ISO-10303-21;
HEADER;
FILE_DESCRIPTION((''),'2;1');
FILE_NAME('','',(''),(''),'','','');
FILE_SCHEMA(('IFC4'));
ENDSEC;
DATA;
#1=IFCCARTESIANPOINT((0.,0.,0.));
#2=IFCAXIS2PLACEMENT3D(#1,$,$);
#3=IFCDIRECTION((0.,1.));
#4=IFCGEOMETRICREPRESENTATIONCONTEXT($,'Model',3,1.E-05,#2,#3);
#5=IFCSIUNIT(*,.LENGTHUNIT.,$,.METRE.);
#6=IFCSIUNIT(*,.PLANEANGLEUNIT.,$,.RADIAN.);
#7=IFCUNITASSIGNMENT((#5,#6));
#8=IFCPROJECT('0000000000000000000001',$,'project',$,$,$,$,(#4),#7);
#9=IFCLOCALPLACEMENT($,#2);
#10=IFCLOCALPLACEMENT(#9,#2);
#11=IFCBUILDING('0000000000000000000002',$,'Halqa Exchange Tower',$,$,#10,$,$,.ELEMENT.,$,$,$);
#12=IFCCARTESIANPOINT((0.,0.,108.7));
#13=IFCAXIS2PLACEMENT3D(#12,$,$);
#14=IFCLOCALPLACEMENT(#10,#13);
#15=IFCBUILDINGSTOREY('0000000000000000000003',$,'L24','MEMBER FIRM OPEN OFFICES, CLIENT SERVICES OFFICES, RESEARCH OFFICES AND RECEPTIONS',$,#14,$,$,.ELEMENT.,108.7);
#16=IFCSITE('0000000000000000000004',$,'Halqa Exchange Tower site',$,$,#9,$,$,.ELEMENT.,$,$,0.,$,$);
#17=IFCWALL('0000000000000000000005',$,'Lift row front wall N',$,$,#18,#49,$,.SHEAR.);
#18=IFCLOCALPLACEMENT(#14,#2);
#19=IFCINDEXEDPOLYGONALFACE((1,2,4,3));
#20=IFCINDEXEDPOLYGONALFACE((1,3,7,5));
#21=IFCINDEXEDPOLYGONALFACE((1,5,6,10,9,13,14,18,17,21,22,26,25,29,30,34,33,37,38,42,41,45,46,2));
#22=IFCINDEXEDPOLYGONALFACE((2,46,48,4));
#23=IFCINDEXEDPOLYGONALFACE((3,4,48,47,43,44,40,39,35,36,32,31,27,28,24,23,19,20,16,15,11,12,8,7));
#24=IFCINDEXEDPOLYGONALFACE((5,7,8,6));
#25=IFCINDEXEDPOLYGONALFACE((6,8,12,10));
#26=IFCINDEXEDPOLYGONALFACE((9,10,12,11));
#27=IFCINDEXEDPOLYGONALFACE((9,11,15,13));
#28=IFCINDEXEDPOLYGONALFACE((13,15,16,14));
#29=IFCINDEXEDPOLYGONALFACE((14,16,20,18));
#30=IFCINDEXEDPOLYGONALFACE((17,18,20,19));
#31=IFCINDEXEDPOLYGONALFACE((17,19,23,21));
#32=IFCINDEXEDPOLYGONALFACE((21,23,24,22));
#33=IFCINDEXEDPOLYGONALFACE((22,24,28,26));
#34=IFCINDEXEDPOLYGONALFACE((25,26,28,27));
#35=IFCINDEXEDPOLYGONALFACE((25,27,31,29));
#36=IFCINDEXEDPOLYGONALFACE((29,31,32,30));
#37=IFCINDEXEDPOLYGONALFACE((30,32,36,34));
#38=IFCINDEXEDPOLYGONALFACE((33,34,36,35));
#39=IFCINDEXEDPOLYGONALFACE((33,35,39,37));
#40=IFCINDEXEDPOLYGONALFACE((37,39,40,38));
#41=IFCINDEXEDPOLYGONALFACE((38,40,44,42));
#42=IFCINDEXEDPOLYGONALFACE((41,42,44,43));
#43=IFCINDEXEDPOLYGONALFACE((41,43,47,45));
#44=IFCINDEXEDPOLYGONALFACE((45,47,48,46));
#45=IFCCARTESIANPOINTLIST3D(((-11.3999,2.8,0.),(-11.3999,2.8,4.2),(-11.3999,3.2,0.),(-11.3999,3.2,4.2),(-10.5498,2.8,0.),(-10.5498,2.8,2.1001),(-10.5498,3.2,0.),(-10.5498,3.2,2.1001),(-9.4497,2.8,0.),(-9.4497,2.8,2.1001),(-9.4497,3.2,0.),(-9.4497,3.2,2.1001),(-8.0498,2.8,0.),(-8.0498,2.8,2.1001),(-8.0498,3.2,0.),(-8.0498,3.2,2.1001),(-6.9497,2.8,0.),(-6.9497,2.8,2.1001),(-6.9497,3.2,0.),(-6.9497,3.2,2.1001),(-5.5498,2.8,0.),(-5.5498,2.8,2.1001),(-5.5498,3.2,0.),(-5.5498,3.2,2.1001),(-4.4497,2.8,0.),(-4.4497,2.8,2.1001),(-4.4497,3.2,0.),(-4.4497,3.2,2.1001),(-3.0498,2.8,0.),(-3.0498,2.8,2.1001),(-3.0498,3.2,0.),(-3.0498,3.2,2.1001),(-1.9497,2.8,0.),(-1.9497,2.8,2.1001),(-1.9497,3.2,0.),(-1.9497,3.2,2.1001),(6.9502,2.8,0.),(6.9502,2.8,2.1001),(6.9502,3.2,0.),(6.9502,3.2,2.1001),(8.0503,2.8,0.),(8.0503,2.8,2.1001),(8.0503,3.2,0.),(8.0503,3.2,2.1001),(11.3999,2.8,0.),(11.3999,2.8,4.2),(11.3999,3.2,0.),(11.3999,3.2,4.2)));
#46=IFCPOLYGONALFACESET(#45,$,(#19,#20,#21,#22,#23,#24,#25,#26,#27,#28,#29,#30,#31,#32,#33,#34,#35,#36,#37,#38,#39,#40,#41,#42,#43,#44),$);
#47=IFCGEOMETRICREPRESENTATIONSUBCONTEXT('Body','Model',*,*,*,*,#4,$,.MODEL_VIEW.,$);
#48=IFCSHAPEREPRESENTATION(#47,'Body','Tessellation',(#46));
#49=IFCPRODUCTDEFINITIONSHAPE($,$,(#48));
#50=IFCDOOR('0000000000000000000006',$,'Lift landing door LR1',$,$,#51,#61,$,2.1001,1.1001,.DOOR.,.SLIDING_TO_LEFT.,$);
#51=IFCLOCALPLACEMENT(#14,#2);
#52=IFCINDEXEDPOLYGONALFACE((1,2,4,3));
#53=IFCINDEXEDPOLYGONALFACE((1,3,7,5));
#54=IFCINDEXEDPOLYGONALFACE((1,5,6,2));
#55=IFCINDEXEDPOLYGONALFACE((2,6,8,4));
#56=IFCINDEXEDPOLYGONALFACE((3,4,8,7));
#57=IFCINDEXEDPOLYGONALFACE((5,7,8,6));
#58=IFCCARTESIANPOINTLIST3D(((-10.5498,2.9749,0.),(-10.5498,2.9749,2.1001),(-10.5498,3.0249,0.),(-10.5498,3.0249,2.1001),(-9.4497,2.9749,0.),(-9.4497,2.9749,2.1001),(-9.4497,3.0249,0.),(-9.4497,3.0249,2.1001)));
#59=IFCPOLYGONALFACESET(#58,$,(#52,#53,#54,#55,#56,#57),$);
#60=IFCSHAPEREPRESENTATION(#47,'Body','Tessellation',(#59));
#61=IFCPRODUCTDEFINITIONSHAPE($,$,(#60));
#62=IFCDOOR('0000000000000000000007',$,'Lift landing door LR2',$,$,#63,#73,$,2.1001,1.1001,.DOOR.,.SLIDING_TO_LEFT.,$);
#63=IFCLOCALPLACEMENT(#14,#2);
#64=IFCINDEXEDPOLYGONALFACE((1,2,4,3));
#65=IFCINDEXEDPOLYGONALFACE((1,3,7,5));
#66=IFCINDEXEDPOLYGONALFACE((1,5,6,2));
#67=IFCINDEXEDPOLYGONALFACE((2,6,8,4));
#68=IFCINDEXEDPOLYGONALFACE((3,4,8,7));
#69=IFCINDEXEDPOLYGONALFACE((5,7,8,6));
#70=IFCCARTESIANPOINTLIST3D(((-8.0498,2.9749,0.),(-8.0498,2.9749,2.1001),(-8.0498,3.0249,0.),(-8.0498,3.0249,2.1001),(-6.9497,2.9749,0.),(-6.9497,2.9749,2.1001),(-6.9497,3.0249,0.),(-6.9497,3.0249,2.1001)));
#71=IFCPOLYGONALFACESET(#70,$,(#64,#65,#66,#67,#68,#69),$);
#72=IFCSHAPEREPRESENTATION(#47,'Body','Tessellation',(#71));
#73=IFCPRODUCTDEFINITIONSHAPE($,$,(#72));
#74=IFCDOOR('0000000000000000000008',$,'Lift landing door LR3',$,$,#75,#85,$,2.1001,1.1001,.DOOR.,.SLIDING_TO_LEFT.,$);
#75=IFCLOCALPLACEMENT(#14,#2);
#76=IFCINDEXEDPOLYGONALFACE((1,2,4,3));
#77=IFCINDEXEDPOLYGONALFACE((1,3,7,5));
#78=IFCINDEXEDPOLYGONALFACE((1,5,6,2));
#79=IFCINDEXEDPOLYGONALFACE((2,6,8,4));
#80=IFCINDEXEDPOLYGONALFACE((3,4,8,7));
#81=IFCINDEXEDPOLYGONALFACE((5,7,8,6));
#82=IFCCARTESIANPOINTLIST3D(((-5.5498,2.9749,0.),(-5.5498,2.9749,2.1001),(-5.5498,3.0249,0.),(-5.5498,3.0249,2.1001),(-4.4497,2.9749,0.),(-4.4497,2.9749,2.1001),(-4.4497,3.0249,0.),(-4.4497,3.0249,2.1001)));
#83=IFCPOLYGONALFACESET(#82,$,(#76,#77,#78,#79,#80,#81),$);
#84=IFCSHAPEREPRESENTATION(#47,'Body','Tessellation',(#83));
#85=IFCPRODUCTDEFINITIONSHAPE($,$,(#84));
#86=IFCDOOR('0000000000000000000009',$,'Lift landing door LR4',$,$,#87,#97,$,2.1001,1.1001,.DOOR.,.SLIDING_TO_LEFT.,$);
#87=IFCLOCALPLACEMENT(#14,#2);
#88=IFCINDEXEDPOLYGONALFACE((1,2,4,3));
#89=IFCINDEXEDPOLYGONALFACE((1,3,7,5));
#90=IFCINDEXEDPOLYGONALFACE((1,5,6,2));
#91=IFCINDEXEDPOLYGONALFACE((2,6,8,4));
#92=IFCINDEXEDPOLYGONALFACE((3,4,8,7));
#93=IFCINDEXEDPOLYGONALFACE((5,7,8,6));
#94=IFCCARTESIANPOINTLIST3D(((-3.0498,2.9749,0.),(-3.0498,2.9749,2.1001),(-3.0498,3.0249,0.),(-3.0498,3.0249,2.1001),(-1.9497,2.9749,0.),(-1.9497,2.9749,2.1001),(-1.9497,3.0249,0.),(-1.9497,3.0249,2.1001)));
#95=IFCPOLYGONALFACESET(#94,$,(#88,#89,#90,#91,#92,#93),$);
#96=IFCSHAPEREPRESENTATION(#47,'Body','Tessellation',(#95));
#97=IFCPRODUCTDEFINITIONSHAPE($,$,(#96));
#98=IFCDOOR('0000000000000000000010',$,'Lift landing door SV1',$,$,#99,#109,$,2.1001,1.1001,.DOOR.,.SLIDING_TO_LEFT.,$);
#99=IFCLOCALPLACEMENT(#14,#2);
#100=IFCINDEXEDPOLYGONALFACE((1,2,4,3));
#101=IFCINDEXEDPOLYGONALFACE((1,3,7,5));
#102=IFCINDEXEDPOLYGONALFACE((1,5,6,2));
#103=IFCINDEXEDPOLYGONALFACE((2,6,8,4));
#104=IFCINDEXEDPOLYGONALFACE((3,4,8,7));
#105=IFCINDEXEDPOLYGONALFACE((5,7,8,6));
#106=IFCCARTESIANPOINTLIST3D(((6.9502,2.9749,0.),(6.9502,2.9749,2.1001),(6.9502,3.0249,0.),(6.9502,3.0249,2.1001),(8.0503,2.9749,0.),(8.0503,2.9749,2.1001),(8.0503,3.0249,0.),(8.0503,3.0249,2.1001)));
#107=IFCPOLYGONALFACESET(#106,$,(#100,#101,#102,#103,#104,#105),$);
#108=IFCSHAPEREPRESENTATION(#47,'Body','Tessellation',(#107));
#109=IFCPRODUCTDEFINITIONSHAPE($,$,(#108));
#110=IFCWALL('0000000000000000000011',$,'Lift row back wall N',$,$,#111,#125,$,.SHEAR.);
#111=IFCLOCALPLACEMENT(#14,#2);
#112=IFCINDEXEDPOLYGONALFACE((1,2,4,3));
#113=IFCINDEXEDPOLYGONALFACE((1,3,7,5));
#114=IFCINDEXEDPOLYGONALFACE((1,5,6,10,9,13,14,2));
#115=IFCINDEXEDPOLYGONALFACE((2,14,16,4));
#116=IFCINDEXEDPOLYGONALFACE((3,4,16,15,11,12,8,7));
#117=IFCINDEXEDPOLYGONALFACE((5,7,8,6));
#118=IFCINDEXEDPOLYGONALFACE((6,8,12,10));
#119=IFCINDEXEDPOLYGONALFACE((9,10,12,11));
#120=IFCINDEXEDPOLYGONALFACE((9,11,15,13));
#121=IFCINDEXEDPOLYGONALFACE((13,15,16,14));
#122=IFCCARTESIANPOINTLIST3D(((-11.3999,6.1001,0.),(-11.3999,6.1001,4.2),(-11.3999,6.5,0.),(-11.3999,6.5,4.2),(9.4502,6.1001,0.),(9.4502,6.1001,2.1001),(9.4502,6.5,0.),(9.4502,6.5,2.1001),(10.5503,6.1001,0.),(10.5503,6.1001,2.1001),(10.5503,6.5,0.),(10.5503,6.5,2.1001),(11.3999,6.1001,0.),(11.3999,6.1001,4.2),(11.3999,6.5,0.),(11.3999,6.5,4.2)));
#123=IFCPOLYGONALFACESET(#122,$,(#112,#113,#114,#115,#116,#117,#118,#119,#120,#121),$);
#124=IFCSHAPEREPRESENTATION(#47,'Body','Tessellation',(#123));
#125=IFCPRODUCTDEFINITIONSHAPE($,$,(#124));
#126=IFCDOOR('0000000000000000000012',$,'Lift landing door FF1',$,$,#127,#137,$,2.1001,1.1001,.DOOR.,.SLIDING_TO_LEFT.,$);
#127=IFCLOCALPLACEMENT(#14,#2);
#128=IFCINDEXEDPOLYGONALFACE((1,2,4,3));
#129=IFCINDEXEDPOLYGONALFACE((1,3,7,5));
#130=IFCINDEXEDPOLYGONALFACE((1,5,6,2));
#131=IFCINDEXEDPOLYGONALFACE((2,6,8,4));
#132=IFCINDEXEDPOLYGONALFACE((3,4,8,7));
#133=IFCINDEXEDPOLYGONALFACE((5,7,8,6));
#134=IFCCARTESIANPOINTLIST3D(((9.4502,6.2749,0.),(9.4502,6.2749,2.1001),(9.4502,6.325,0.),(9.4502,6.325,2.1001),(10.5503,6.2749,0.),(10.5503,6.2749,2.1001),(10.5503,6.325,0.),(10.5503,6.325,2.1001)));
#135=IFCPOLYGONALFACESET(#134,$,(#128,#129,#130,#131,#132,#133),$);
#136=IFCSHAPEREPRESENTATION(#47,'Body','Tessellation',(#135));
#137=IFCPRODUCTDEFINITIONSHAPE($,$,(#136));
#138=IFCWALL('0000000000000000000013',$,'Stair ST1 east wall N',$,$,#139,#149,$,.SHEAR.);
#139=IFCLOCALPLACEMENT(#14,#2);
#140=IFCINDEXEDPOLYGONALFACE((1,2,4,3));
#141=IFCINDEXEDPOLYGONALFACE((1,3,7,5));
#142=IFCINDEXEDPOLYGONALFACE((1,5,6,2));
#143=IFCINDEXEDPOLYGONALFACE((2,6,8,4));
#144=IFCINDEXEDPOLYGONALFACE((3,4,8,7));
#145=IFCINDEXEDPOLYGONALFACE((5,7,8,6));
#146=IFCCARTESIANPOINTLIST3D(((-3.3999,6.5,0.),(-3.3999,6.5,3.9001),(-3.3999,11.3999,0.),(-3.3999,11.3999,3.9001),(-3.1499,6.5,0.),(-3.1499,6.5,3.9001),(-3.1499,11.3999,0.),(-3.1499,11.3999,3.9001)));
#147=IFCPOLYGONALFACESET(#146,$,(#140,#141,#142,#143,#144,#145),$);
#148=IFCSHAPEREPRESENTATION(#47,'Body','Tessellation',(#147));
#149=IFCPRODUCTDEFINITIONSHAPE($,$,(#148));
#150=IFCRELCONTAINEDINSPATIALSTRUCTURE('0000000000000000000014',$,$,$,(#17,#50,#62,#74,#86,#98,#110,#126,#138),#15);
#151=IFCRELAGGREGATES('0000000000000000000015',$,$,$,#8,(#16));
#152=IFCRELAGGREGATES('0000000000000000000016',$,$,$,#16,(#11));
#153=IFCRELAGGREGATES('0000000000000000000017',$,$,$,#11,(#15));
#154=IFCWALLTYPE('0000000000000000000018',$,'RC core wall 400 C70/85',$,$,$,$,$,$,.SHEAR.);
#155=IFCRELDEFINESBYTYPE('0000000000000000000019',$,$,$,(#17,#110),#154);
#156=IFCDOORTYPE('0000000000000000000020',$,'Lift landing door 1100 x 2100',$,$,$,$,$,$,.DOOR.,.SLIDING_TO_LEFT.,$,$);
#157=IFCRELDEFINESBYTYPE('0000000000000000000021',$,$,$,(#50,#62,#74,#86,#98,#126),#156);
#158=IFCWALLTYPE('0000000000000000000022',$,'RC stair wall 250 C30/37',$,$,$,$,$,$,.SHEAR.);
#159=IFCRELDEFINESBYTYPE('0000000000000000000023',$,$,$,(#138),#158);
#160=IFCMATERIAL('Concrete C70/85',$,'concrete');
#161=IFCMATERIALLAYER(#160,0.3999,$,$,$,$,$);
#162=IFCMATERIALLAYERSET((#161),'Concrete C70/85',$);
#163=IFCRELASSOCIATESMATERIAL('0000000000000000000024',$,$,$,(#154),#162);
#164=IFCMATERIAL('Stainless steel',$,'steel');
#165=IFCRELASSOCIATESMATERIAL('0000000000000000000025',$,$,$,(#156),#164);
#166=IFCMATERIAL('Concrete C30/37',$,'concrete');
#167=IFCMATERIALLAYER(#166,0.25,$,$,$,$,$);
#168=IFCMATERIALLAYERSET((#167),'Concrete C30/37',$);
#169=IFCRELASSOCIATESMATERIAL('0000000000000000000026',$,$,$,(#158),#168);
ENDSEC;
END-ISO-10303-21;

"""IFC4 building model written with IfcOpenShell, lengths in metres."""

from ifc_helpers import new_model, si_unit, direction, frame, frame_2d, origin, place, context, subcontext, project, spatial, rectangle, extrude, material, layer, layer_set, type_object, element, fill, save


model = new_model("IFC4")

# Units and contexts
model_context = context("Model", 3, precision=1e-05, world=origin(), true_north=direction((0.0, 1.0)))
body_context = subcontext(model_context, "Body", "Model", "MODEL_VIEW")
ifc_project = project(units=[si_unit("LENGTHUNIT", "METRE"), si_unit("PLANEANGLEUNIT", "RADIAN")], contexts=[model_context])

# Site, building, storey
site_placement = place(None, origin())
site = spatial("IfcSite", under=ifc_project, at=site_placement, Name="Halqa Exchange Tower site", CompositionType="ELEMENT", RefElevation=0.0)
building_placement = place(site_placement, origin())
building = spatial("IfcBuilding", under=site, at=building_placement, Name="Halqa Exchange Tower", CompositionType="ELEMENT")
storey_placement = place(building_placement, frame((0.0, 0.0, 108.7)))
storey = spatial("IfcBuildingStorey", under=building, at=storey_placement, Name="L24", Description="MEMBER FIRM OPEN OFFICES, CLIENT SERVICES OFFICES, RESEARCH OFFICES AND RECEPTIONS", CompositionType="ELEMENT", Elevation=108.7)

# Wall, openings, doors
ifc_material_1 = material(Name="Concrete C70/85", Category="concrete")
ifc_layer_1 = layer(ifc_material_1, 0.3999)
ifc_layer_set_1 = layer_set([ifc_layer_1], Name="Concrete C70/85")
wall_type_1 = type_object("IfcWallType", Name="RC core wall 400 C70/85", PredefinedType="SHEAR", material=ifc_layer_set_1)
wall_1_placement = place(storey_placement, frame((-11.3999, 3.0, 0.0), z_axis=(0.0, 0.0, 1.0), x_axis=(1.0, 0.0, 0.0)))
wall_1 = element("IfcWall", 1, at=wall_1_placement, inside=storey, type_object=wall_type_1, Name="Lift row front wall N", PredefinedType="SHEAR", context=body_context, shape_type="SweptSolid", body=[
    extrude(rectangle(XDim=22.7998, YDim=0.3999, at=frame_2d((11.3999, 0.0))), origin(), (0.0, 0.0, 1.0), 4.2),
])
opening_1_placement = place(wall_1_placement, frame((0.8501, 0.0, 0.0)))
opening_1 = element("IfcOpeningElement", 2, at=opening_1_placement, cuts=wall_1, PredefinedType="OPENING", context=body_context, shape_type="SweptSolid", body=[
    extrude(rectangle(XDim=1.1001, YDim=2.1001, at=frame_2d((0.55, 1.05))), frame((0.0, 0.2119, 0.0), z_axis=(0.0, -1.0, 0.0), x_axis=(1.0, 0.0, 0.0)), (0.0, 0.0, 1.0), 0.4238),
])
opening_2_placement = place(wall_1_placement, frame((3.3501, 0.0, 0.0)))
opening_2 = element("IfcOpeningElement", 3, at=opening_2_placement, cuts=wall_1, PredefinedType="OPENING", context=body_context, shape_type="SweptSolid", body=[
    extrude(rectangle(XDim=1.1001, YDim=2.1001, at=frame_2d((0.55, 1.05))), frame((0.0, 0.2119, 0.0), z_axis=(0.0, -1.0, 0.0), x_axis=(1.0, 0.0, 0.0)), (0.0, 0.0, 1.0), 0.4238),
])
opening_3_placement = place(wall_1_placement, frame((5.8501, 0.0, 0.0)))
opening_3 = element("IfcOpeningElement", 4, at=opening_3_placement, cuts=wall_1, PredefinedType="OPENING", context=body_context, shape_type="SweptSolid", body=[
    extrude(rectangle(XDim=1.1001, YDim=2.1001, at=frame_2d((0.55, 1.05))), frame((0.0, 0.2119, 0.0), z_axis=(0.0, -1.0, 0.0), x_axis=(1.0, 0.0, 0.0)), (0.0, 0.0, 1.0), 0.4238),
])
opening_4_placement = place(wall_1_placement, frame((8.3501, 0.0, 0.0)))
opening_4 = element("IfcOpeningElement", 5, at=opening_4_placement, cuts=wall_1, PredefinedType="OPENING", context=body_context, shape_type="SweptSolid", body=[
    extrude(rectangle(XDim=1.1001, YDim=2.1001, at=frame_2d((0.55, 1.05))), frame((0.0, 0.2119, 0.0), z_axis=(0.0, -1.0, 0.0), x_axis=(1.0, 0.0, 0.0)), (0.0, 0.0, 1.0), 0.4238),
])
opening_5_placement = place(wall_1_placement, frame((18.3501, 0.0, 0.0)))
opening_5 = element("IfcOpeningElement", 6, at=opening_5_placement, cuts=wall_1, PredefinedType="OPENING", context=body_context, shape_type="SweptSolid", body=[
    extrude(rectangle(XDim=1.1001, YDim=2.1001, at=frame_2d((0.55, 1.05))), frame((0.0, 0.2119, 0.0), z_axis=(0.0, -1.0, 0.0), x_axis=(1.0, 0.0, 0.0)), (0.0, 0.0, 1.0), 0.4238),
])
ifc_material_2 = material(Name="Stainless steel", Category="steel")
door_type = type_object("IfcDoorType", Name="Lift landing door 1100 x 2100", OperationType="SLIDING_TO_LEFT", PredefinedType="DOOR", material=ifc_material_2)
door_1_placement = place(opening_1_placement, origin())
door_1 = element("IfcDoor", 7, at=door_1_placement, inside=storey, type_object=door_type, Name="Lift landing door LR1", OperationType="SLIDING_TO_LEFT", OverallHeight=2.1001, OverallWidth=1.1001, PredefinedType="DOOR", context=body_context, shape_type="SweptSolid", body=[
    extrude(rectangle(XDim=1.1001, YDim=2.1001, at=frame_2d((0.55, 1.05))), frame((0.0, 0.0249, 0.0), z_axis=(0.0, -1.0, 0.0), x_axis=(1.0, 0.0, 0.0)), (0.0, 0.0, 1.0), 0.05),
])
fill(opening_1, door_1)
door_2_placement = place(opening_2_placement, origin())
door_2 = element("IfcDoor", 8, at=door_2_placement, inside=storey, type_object=door_type, Name="Lift landing door LR2", OperationType="SLIDING_TO_LEFT", OverallHeight=2.1001, OverallWidth=1.1001, PredefinedType="DOOR", context=body_context, shape_type="SweptSolid", body=[
    extrude(rectangle(XDim=1.1001, YDim=2.1001, at=frame_2d((0.55, 1.05))), frame((0.0, 0.0249, 0.0), z_axis=(0.0, -1.0, 0.0), x_axis=(1.0, 0.0, 0.0)), (0.0, 0.0, 1.0), 0.05),
])
fill(opening_2, door_2)
door_3_placement = place(opening_3_placement, origin())
door_3 = element("IfcDoor", 9, at=door_3_placement, inside=storey, type_object=door_type, Name="Lift landing door LR3", OperationType="SLIDING_TO_LEFT", OverallHeight=2.1001, OverallWidth=1.1001, PredefinedType="DOOR", context=body_context, shape_type="SweptSolid", body=[
    extrude(rectangle(XDim=1.1001, YDim=2.1001, at=frame_2d((0.55, 1.05))), frame((0.0, 0.0249, 0.0), z_axis=(0.0, -1.0, 0.0), x_axis=(1.0, 0.0, 0.0)), (0.0, 0.0, 1.0), 0.05),
])
fill(opening_3, door_3)
door_4_placement = place(opening_4_placement, origin())
door_4 = element("IfcDoor", 10, at=door_4_placement, inside=storey, type_object=door_type, Name="Lift landing door LR4", OperationType="SLIDING_TO_LEFT", OverallHeight=2.1001, OverallWidth=1.1001, PredefinedType="DOOR", context=body_context, shape_type="SweptSolid", body=[
    extrude(rectangle(XDim=1.1001, YDim=2.1001, at=frame_2d((0.55, 1.05))), frame((0.0, 0.0249, 0.0), z_axis=(0.0, -1.0, 0.0), x_axis=(1.0, 0.0, 0.0)), (0.0, 0.0, 1.0), 0.05),
])
fill(opening_4, door_4)
door_5_placement = place(opening_5_placement, origin())
door_5 = element("IfcDoor", 11, at=door_5_placement, inside=storey, type_object=door_type, Name="Lift landing door SV1", OperationType="SLIDING_TO_LEFT", OverallHeight=2.1001, OverallWidth=1.1001, PredefinedType="DOOR", context=body_context, shape_type="SweptSolid", body=[
    extrude(rectangle(XDim=1.1001, YDim=2.1001, at=frame_2d((0.55, 1.05))), frame((0.0, 0.0249, 0.0), z_axis=(0.0, -1.0, 0.0), x_axis=(1.0, 0.0, 0.0)), (0.0, 0.0, 1.0), 0.05),
])
fill(opening_5, door_5)

# Wall, opening, door
wall_2_placement = place(storey_placement, frame((-11.3999, 6.3, 0.0), z_axis=(0.0, 0.0, 1.0), x_axis=(1.0, 0.0, 0.0)))
wall_2 = element("IfcWall", 12, at=wall_2_placement, inside=storey, type_object=wall_type_1, Name="Lift row back wall N", PredefinedType="SHEAR", context=body_context, shape_type="SweptSolid", body=[
    extrude(rectangle(XDim=22.7998, YDim=0.3999, at=frame_2d((11.3999, 0.0))), origin(), (0.0, 0.0, 1.0), 4.2),
])
opening_6_placement = place(wall_2_placement, frame((20.8501, 0.0, 0.0)))
opening_6 = element("IfcOpeningElement", 13, at=opening_6_placement, cuts=wall_2, PredefinedType="OPENING", context=body_context, shape_type="SweptSolid", body=[
    extrude(rectangle(XDim=1.1001, YDim=2.1001, at=frame_2d((0.55, 1.05))), frame((0.0, 0.2119, 0.0), z_axis=(0.0, -1.0, 0.0), x_axis=(1.0, 0.0, 0.0)), (0.0, 0.0, 1.0), 0.4238),
])
door_6_placement = place(opening_6_placement, origin())
door_6 = element("IfcDoor", 14, at=door_6_placement, inside=storey, type_object=door_type, Name="Lift landing door FF1", OperationType="SLIDING_TO_LEFT", OverallHeight=2.1001, OverallWidth=1.1001, PredefinedType="DOOR", context=body_context, shape_type="SweptSolid", body=[
    extrude(rectangle(XDim=1.1001, YDim=2.1001, at=frame_2d((0.55, 1.05))), frame((0.0, 0.0249, 0.0), z_axis=(0.0, -1.0, 0.0), x_axis=(1.0, 0.0, 0.0)), (0.0, 0.0, 1.0), 0.05),
])
fill(opening_6, door_6)

# Wall
ifc_material_3 = material(Name="Concrete C30/37", Category="concrete")
ifc_layer_2 = layer(ifc_material_3, 0.25)
ifc_layer_set_2 = layer_set([ifc_layer_2], Name="Concrete C30/37")
wall_type_2 = type_object("IfcWallType", Name="RC stair wall 250 C30/37", PredefinedType="SHEAR", material=ifc_layer_set_2)
wall_3_placement = place(storey_placement, frame((-3.2749, 6.5, 0.0), z_axis=(0.0, 0.0, 1.0), x_axis=(0.0, 1.0, 0.0)))
element("IfcWall", 15, at=wall_3_placement, inside=storey, type_object=wall_type_2, Name="Stair ST1 east wall N", PredefinedType="SHEAR", context=body_context, shape_type="SweptSolid", body=[
    extrude(rectangle(XDim=4.8999, YDim=0.25, at=frame_2d((2.45, 0.0))), origin(), (0.0, 0.0, 1.0), 3.9001),
])

save(model, "model.ifc")
